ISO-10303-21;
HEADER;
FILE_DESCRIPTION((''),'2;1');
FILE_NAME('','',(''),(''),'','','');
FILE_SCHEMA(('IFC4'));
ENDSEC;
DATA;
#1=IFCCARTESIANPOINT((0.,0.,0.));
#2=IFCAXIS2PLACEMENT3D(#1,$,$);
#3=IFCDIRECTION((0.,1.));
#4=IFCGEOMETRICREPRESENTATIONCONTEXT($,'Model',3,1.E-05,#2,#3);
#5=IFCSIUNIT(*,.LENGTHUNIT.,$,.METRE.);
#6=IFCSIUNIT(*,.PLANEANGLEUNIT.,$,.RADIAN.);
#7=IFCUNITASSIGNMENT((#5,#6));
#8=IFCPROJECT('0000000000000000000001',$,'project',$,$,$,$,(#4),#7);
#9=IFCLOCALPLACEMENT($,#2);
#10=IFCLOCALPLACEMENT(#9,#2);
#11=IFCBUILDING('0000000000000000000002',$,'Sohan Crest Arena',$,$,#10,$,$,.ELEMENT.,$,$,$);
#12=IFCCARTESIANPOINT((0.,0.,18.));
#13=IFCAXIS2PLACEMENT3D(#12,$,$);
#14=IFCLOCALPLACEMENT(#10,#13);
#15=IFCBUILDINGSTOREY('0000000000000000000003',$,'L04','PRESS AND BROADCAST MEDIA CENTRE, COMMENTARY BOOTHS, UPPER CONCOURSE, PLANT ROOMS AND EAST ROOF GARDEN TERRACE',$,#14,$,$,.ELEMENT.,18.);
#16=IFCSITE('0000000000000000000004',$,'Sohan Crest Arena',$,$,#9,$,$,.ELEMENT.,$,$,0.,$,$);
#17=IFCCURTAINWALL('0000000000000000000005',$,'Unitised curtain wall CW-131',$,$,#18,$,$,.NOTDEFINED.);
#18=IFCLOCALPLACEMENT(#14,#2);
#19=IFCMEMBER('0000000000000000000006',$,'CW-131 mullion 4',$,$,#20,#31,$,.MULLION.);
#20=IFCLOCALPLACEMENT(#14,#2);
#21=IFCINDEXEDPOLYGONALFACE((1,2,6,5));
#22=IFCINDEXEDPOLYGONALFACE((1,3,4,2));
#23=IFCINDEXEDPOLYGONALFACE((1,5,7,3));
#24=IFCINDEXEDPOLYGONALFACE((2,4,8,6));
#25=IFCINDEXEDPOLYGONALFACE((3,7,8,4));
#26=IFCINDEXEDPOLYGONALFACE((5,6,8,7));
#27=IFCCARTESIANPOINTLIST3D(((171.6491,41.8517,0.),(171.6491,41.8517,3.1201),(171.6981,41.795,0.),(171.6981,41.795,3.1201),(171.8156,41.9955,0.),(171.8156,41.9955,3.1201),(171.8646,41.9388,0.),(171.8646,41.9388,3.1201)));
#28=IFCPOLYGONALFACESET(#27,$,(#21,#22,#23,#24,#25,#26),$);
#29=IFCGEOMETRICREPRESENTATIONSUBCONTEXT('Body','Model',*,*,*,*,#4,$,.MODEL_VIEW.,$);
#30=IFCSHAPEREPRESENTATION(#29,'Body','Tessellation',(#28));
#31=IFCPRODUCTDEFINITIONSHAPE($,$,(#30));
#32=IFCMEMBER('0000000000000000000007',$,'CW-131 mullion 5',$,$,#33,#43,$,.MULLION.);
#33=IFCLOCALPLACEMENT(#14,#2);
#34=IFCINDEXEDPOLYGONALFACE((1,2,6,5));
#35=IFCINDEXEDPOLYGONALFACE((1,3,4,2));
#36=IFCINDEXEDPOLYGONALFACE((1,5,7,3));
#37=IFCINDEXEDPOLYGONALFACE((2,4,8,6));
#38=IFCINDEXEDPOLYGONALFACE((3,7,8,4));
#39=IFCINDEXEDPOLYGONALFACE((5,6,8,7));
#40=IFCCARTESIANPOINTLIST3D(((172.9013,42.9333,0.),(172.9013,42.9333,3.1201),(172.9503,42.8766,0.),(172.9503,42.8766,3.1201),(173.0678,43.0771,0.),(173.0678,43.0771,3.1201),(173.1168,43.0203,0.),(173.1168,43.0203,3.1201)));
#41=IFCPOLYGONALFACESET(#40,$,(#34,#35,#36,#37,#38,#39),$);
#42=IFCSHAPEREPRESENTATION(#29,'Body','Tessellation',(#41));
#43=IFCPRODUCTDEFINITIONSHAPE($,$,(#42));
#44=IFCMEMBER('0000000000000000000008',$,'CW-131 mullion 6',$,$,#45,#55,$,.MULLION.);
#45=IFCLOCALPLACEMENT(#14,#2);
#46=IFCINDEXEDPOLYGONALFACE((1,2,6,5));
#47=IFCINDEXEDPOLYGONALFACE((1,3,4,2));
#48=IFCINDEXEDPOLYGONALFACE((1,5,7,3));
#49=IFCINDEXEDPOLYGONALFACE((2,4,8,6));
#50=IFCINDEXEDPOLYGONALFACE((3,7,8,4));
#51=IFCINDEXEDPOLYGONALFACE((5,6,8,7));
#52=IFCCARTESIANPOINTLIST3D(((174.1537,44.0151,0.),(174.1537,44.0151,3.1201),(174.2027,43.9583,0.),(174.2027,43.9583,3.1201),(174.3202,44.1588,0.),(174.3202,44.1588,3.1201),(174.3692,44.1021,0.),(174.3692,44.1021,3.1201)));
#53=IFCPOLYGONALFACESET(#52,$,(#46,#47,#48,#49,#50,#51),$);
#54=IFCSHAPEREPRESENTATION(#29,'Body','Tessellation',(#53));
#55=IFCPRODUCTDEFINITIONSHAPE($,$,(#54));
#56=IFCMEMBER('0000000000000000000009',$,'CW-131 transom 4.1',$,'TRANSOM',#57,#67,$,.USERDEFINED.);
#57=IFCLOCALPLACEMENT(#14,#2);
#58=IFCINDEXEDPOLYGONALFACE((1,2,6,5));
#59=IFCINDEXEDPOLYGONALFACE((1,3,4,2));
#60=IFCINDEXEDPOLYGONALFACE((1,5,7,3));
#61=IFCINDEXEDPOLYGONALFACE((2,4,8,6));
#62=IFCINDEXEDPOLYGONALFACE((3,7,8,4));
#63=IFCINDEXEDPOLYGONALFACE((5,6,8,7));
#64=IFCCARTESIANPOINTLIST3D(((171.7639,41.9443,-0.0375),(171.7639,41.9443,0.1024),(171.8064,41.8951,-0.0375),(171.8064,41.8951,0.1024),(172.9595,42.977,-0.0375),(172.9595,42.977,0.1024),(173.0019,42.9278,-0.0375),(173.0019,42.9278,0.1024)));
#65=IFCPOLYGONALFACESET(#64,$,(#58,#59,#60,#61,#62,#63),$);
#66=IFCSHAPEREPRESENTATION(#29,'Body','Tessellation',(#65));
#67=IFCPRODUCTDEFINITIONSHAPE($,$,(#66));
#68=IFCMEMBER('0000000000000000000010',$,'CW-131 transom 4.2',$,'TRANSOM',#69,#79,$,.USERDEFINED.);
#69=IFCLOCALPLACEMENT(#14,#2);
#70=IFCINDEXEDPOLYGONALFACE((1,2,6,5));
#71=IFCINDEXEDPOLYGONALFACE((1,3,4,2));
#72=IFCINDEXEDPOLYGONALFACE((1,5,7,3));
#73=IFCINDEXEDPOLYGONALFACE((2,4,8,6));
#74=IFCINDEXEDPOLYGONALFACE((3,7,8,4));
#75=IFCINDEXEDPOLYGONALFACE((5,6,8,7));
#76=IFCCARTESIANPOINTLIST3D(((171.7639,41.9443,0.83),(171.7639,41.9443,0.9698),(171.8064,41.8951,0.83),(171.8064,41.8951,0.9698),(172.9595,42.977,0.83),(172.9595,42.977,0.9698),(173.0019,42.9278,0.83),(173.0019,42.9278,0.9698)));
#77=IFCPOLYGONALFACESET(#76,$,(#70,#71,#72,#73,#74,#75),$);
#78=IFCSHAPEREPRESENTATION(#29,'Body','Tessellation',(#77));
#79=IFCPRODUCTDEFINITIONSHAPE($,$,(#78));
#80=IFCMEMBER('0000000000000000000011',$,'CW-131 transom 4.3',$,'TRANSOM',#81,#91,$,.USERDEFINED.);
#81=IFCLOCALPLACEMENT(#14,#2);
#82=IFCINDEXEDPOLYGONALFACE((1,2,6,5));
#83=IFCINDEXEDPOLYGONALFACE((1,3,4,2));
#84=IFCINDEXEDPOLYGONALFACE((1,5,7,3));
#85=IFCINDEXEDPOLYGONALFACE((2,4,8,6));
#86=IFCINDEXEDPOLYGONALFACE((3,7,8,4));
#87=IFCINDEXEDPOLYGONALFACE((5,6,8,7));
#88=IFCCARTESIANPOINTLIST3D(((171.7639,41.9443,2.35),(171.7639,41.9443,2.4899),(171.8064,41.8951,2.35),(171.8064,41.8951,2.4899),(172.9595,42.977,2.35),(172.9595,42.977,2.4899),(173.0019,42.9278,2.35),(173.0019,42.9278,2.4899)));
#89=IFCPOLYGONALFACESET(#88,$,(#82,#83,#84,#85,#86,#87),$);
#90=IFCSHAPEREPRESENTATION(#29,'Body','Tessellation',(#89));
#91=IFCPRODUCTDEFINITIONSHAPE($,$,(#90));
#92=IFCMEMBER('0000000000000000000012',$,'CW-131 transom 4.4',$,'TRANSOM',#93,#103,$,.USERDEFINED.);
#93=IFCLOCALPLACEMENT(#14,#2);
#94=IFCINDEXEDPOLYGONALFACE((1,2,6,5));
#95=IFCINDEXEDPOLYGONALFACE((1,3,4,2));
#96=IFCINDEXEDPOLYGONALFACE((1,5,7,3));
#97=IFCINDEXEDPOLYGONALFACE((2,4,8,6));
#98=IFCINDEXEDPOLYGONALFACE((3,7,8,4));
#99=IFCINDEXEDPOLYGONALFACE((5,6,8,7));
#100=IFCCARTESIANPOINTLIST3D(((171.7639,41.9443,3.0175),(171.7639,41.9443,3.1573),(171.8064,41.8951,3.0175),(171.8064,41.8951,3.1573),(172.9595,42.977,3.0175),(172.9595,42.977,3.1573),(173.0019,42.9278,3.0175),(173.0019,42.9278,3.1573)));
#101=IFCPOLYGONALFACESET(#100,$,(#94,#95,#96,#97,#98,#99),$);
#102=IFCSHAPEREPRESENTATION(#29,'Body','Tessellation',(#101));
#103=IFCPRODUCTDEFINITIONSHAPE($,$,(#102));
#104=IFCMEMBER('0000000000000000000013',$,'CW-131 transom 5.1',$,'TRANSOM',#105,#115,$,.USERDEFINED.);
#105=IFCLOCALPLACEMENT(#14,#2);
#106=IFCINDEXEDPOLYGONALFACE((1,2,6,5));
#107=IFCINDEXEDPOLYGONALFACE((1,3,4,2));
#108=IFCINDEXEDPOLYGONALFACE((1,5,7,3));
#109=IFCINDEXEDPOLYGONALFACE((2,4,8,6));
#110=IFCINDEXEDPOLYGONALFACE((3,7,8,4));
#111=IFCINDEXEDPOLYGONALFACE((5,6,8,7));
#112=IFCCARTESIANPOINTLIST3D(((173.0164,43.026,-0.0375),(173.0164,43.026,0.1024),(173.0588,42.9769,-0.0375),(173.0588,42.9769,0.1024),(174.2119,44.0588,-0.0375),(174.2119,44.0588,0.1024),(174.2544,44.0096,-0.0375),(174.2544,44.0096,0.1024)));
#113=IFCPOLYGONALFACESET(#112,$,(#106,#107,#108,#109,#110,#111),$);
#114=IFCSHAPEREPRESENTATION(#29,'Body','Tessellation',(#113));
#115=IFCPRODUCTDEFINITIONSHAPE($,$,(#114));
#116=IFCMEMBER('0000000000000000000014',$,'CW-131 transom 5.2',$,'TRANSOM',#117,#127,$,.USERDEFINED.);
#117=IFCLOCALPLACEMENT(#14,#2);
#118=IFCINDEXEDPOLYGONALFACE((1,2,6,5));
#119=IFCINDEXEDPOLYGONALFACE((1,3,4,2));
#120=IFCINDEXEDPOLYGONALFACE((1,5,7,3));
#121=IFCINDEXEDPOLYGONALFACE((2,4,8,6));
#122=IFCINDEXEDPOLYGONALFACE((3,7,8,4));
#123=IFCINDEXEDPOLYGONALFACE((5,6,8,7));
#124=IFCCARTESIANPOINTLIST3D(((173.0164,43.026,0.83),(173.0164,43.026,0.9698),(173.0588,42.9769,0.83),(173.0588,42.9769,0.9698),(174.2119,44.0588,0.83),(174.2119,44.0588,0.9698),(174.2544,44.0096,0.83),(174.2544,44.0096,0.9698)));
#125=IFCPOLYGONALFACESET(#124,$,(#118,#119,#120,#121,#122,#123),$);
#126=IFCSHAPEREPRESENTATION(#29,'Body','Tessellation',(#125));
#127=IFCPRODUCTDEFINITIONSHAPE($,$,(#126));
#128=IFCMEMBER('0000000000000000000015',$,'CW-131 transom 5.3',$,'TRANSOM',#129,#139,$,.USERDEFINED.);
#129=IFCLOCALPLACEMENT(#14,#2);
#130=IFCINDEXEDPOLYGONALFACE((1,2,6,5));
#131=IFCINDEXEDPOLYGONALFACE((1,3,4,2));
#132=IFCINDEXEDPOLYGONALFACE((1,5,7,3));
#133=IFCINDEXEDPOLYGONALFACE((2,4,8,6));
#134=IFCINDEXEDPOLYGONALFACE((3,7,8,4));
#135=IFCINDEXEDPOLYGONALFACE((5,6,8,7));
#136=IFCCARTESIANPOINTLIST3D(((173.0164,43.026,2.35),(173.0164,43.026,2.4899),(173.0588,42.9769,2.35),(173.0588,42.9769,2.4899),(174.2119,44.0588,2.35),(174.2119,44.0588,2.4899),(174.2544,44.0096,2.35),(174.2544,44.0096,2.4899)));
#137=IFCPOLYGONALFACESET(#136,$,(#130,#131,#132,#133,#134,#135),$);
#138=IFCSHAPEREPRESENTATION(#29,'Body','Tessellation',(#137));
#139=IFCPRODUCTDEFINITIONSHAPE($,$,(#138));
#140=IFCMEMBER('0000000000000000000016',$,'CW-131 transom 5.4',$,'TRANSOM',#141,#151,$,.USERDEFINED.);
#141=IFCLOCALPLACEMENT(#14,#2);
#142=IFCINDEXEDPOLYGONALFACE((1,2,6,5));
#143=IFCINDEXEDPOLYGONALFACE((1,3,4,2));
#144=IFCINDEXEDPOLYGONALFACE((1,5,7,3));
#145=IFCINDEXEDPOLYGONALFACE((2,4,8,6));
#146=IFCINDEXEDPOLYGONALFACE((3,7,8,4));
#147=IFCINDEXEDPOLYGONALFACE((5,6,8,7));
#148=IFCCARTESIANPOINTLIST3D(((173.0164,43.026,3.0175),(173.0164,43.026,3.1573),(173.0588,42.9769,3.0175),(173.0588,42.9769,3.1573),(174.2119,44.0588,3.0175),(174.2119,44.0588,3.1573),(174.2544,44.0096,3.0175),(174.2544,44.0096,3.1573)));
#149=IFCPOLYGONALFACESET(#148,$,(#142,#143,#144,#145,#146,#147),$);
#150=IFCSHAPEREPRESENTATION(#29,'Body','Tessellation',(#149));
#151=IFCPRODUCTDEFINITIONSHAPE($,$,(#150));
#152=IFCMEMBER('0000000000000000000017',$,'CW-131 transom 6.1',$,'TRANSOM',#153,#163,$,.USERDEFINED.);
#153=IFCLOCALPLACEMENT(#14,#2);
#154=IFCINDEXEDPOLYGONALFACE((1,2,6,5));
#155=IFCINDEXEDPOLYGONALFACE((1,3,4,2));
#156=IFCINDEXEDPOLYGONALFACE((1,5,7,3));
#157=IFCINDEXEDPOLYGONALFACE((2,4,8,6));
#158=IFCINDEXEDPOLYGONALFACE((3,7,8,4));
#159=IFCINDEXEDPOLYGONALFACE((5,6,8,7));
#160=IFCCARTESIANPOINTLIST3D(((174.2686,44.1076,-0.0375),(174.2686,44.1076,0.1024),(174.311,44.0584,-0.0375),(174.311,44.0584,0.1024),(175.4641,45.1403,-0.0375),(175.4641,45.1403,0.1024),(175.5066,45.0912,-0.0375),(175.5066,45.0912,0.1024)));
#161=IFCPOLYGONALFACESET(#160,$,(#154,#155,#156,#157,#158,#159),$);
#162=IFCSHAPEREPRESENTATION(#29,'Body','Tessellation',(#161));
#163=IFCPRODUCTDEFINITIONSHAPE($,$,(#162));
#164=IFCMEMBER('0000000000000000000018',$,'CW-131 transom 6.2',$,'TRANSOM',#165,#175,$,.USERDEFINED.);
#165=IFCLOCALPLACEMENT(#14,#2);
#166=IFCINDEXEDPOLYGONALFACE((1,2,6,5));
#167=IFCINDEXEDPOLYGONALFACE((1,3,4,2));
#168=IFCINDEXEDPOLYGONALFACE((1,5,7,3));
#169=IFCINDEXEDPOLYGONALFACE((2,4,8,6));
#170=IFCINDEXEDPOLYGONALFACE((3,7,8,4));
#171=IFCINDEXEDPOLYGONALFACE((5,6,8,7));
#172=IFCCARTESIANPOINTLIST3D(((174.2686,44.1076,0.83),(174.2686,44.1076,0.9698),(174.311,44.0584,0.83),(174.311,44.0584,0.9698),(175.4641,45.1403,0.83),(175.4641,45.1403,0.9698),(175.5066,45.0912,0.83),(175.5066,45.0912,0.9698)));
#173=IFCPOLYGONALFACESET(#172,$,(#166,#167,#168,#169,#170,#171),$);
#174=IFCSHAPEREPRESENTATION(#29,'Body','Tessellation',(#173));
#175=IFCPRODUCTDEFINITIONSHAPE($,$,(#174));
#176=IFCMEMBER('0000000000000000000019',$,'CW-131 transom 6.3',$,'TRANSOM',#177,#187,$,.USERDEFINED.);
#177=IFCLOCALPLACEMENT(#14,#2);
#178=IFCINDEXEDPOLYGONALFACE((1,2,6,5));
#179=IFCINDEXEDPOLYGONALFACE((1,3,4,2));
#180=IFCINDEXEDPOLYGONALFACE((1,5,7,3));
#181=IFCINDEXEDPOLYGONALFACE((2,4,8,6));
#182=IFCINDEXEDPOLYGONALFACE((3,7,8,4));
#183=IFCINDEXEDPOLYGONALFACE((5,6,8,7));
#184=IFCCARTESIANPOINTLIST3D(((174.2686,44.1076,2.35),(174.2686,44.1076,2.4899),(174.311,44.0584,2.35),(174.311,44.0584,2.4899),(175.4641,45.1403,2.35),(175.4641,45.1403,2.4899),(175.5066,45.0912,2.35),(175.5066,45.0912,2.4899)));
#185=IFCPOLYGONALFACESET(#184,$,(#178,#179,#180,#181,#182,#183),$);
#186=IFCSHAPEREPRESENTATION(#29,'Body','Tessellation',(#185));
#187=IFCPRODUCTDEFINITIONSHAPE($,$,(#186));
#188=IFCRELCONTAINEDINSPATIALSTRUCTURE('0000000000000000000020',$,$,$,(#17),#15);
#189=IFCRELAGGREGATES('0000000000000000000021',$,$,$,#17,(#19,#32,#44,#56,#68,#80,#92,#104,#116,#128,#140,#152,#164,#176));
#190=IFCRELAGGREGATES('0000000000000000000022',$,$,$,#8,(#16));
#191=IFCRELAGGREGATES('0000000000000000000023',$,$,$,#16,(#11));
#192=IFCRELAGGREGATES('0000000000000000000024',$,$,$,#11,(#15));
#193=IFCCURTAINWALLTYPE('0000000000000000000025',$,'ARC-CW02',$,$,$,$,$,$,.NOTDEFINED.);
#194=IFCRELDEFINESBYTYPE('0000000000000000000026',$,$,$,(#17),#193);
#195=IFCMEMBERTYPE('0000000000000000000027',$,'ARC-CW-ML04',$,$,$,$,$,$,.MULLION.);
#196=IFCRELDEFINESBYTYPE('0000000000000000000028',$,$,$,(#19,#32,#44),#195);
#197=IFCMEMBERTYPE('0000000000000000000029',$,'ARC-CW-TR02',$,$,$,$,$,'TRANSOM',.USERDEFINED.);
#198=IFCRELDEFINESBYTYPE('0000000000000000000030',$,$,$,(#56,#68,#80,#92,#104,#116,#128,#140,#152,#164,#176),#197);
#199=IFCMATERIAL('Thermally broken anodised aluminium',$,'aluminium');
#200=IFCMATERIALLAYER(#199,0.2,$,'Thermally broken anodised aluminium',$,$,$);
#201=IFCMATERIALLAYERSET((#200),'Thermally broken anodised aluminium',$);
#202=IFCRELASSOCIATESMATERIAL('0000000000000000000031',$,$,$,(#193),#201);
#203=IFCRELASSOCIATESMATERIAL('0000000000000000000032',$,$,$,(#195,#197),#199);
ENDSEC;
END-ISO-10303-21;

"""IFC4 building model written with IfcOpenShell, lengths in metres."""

from ifc_helpers import new_model, si_unit, direction, frame, origin, origin_2d, place, context, subcontext, project, spatial, rectangle, extrude, material, layer, layer_set, material_profile, profile_set, type_object, element, aggregate, save


model = new_model("IFC4")

# Units and contexts
model_context = context("Model", 3, precision=1e-05, world=origin(), true_north=direction((0.0, 1.0)))
body_context = subcontext(model_context, "Body", "Model", "MODEL_VIEW")
ifc_project = project(units=[si_unit("LENGTHUNIT", "METRE"), si_unit("PLANEANGLEUNIT", "RADIAN")], contexts=[model_context])

# Site, building, storey
site_placement = place(None, origin())
site = spatial("IfcSite", under=ifc_project, at=site_placement, Name="Sohan Crest Arena", CompositionType="ELEMENT", RefElevation=0.0)
building_placement = place(site_placement, origin())
building = spatial("IfcBuilding", under=site, at=building_placement, Name="Sohan Crest Arena", CompositionType="ELEMENT")
storey_placement = place(building_placement, frame((0.0, 0.0, 18.0)))
storey = spatial("IfcBuildingStorey", under=building, at=storey_placement, Name="L04", Description="PRESS AND BROADCAST MEDIA CENTRE, COMMENTARY BOOTHS, UPPER CONCOURSE, PLANT ROOMS AND EAST ROOF GARDEN TERRACE", CompositionType="ELEMENT", Elevation=18.0)

# Curtain wall, members
ifc_material_1 = material(Name="Thermally broken anodised aluminium", Category="aluminium")
ifc_layer_1 = layer(ifc_material_1, 0.2, Name="Thermally broken anodised aluminium")
ifc_layer_set_1 = layer_set([ifc_layer_1], Name="Thermally broken anodised aluminium")
curtain_wall_type = type_object("IfcCurtainWallType", Name="ARC-CW02", PredefinedType="NOTDEFINED", material=ifc_layer_set_1)
curtain_wall_placement = place(storey_placement, origin())
curtain_wall = element("IfcCurtainWall", 1, at=curtain_wall_placement, inside=storey, type_object=curtain_wall_type, Name="Unitised curtain wall CW-131", PredefinedType="NOTDEFINED")
ifc_material_profile_1 = material_profile(ifc_material_1, rectangle(XDim=0.075, YDim=0.22, at=origin_2d()), Name="ALU-MULL 75x220")
ifc_profile_set_1 = profile_set([ifc_material_profile_1], Name="Thermally broken anodised aluminium")
member_type_1 = type_object("IfcMemberType", Name="ARC-CW-ML04", PredefinedType="MULLION", material=ifc_profile_set_1)
member_1_placement = place(storey_placement, frame((171.7568, 41.8953, 0.0), z_axis=(0.0, 0.0, 1.0), x_axis=(-0.653687, 0.756765, 0.0)))
member_1 = element("IfcMember", 2, at=member_1_placement, type_object=member_type_1, Name="CW-131 mullion 4", PredefinedType="MULLION", context=body_context, shape_type="SweptSolid", body=[
    extrude(rectangle(XDim=0.075, YDim=0.22, at=origin_2d()), origin(), (0.0, 0.0, 1.0), 3.1201),
])
member_2_placement = place(storey_placement, frame((173.009, 42.9768, 0.0), z_axis=(0.0, 0.0, 1.0), x_axis=(-0.653687, 0.756765, 0.0)))
member_2 = element("IfcMember", 3, at=member_2_placement, type_object=member_type_1, Name="CW-131 mullion 5", PredefinedType="MULLION", context=body_context, shape_type="SweptSolid", body=[
    extrude(rectangle(XDim=0.075, YDim=0.22, at=origin_2d()), origin(), (0.0, 0.0, 1.0), 3.1201),
])
member_3_placement = place(storey_placement, frame((174.2615, 44.0586, 0.0), z_axis=(0.0, 0.0, 1.0), x_axis=(-0.653687, 0.756765, 0.0)))
member_3 = element("IfcMember", 4, at=member_3_placement, type_object=member_type_1, Name="CW-131 mullion 6", PredefinedType="MULLION", context=body_context, shape_type="SweptSolid", body=[
    extrude(rectangle(XDim=0.075, YDim=0.22, at=origin_2d()), origin(), (0.0, 0.0, 1.0), 3.1201),
])
ifc_material_profile_2 = material_profile(ifc_material_1, rectangle(XDim=0.0649, YDim=0.1399, at=origin_2d()), Name="ALU-TRAN 65x140")
ifc_profile_set_2 = profile_set([ifc_material_profile_2], Name="Thermally broken anodised aluminium")
member_type_2 = type_object("IfcMemberType", Name="ARC-CW-TR02", ElementType="TRANSOM", PredefinedType="USERDEFINED", material=ifc_profile_set_2)
member_4_placement = place(storey_placement, frame((171.7852, 41.9197, 0.0325), z_axis=(0.756764, 0.653688, 0.0), x_axis=(-0.653688, 0.756764, 0.0)))
member_4 = element("IfcMember", 5, at=member_4_placement, type_object=member_type_2, Name="CW-131 transom 4.1", ObjectType="TRANSOM", PredefinedType="USERDEFINED", context=body_context, shape_type="SweptSolid", body=[
    extrude(rectangle(XDim=0.0649, YDim=0.1399, at=origin_2d()), origin(), (0.0, 0.0, 1.0), 1.5798),
])
member_5_placement = place(storey_placement, frame((171.7852, 41.9197, 0.8999), z_axis=(0.756764, 0.653688, 0.0), x_axis=(-0.653688, 0.756764, 0.0)))
member_5 = element("IfcMember", 6, at=member_5_placement, type_object=member_type_2, Name="CW-131 transom 4.2", ObjectType="TRANSOM", PredefinedType="USERDEFINED", context=body_context, shape_type="SweptSolid", body=[
    extrude(rectangle(XDim=0.0649, YDim=0.1399, at=origin_2d()), origin(), (0.0, 0.0, 1.0), 1.5798),
])
member_6_placement = place(storey_placement, frame((171.7852, 41.9197, 2.4199), z_axis=(0.756764, 0.653688, 0.0), x_axis=(-0.653688, 0.756764, 0.0)))
member_6 = element("IfcMember", 7, at=member_6_placement, type_object=member_type_2, Name="CW-131 transom 4.3", ObjectType="TRANSOM", PredefinedType="USERDEFINED", context=body_context, shape_type="SweptSolid", body=[
    extrude(rectangle(XDim=0.0649, YDim=0.1399, at=origin_2d()), origin(), (0.0, 0.0, 1.0), 1.5798),
])
member_7_placement = place(storey_placement, frame((171.7852, 41.9197, 3.0874), z_axis=(0.756764, 0.653688, 0.0), x_axis=(-0.653688, 0.756764, 0.0)))
member_7 = element("IfcMember", 8, at=member_7_placement, type_object=member_type_2, Name="CW-131 transom 4.4", ObjectType="TRANSOM", PredefinedType="USERDEFINED", context=body_context, shape_type="SweptSolid", body=[
    extrude(rectangle(XDim=0.0649, YDim=0.1399, at=origin_2d()), origin(), (0.0, 0.0, 1.0), 1.5798),
])
member_8_placement = place(storey_placement, frame((173.0376, 43.0015, 0.0325), z_axis=(0.756764, 0.653688, 0.0), x_axis=(-0.653688, 0.756764, 0.0)))
member_8 = element("IfcMember", 9, at=member_8_placement, type_object=member_type_2, Name="CW-131 transom 5.1", ObjectType="TRANSOM", PredefinedType="USERDEFINED", context=body_context, shape_type="SweptSolid", body=[
    extrude(rectangle(XDim=0.0649, YDim=0.1399, at=origin_2d()), origin(), (0.0, 0.0, 1.0), 1.5798),
])
member_9_placement = place(storey_placement, frame((173.0376, 43.0015, 0.8999), z_axis=(0.756764, 0.653688, 0.0), x_axis=(-0.653688, 0.756764, 0.0)))
member_9 = element("IfcMember", 10, at=member_9_placement, type_object=member_type_2, Name="CW-131 transom 5.2", ObjectType="TRANSOM", PredefinedType="USERDEFINED", context=body_context, shape_type="SweptSolid", body=[
    extrude(rectangle(XDim=0.0649, YDim=0.1399, at=origin_2d()), origin(), (0.0, 0.0, 1.0), 1.5798),
])
member_10_placement = place(storey_placement, frame((173.0376, 43.0015, 2.4199), z_axis=(0.756764, 0.653688, 0.0), x_axis=(-0.653688, 0.756764, 0.0)))
member_10 = element("IfcMember", 11, at=member_10_placement, type_object=member_type_2, Name="CW-131 transom 5.3", ObjectType="TRANSOM", PredefinedType="USERDEFINED", context=body_context, shape_type="SweptSolid", body=[
    extrude(rectangle(XDim=0.0649, YDim=0.1399, at=origin_2d()), origin(), (0.0, 0.0, 1.0), 1.5798),
])
member_11_placement = place(storey_placement, frame((173.0376, 43.0015, 3.0874), z_axis=(0.756764, 0.653688, 0.0), x_axis=(-0.653688, 0.756764, 0.0)))
member_11 = element("IfcMember", 12, at=member_11_placement, type_object=member_type_2, Name="CW-131 transom 5.4", ObjectType="TRANSOM", PredefinedType="USERDEFINED", context=body_context, shape_type="SweptSolid", body=[
    extrude(rectangle(XDim=0.0649, YDim=0.1399, at=origin_2d()), origin(), (0.0, 0.0, 1.0), 1.5798),
])
member_12_placement = place(storey_placement, frame((174.2898, 44.083, 0.0325), z_axis=(0.756764, 0.653688, 0.0), x_axis=(-0.653688, 0.756764, 0.0)))
member_12 = element("IfcMember", 13, at=member_12_placement, type_object=member_type_2, Name="CW-131 transom 6.1", ObjectType="TRANSOM", PredefinedType="USERDEFINED", context=body_context, shape_type="SweptSolid", body=[
    extrude(rectangle(XDim=0.0649, YDim=0.1399, at=origin_2d()), origin(), (0.0, 0.0, 1.0), 1.5798),
])
member_13_placement = place(storey_placement, frame((174.2898, 44.083, 0.8999), z_axis=(0.756764, 0.653688, 0.0), x_axis=(-0.653688, 0.756764, 0.0)))
member_13 = element("IfcMember", 14, at=member_13_placement, type_object=member_type_2, Name="CW-131 transom 6.2", ObjectType="TRANSOM", PredefinedType="USERDEFINED", context=body_context, shape_type="SweptSolid", body=[
    extrude(rectangle(XDim=0.0649, YDim=0.1399, at=origin_2d()), origin(), (0.0, 0.0, 1.0), 1.5798),
])
member_14_placement = place(storey_placement, frame((174.2898, 44.083, 2.4199), z_axis=(0.756764, 0.653688, 0.0), x_axis=(-0.653688, 0.756764, 0.0)))
member_14 = element("IfcMember", 15, at=member_14_placement, type_object=member_type_2, Name="CW-131 transom 6.3", ObjectType="TRANSOM", PredefinedType="USERDEFINED", context=body_context, shape_type="SweptSolid", body=[
    extrude(rectangle(XDim=0.0649, YDim=0.1399, at=origin_2d()), origin(), (0.0, 0.0, 1.0), 1.5798),
])
aggregate(curtain_wall, [member_1, member_2, member_3, member_4, member_5, member_6, member_7, member_8, member_9, member_10, member_11, member_12, member_13, member_14])

save(model, "model.ifc")
